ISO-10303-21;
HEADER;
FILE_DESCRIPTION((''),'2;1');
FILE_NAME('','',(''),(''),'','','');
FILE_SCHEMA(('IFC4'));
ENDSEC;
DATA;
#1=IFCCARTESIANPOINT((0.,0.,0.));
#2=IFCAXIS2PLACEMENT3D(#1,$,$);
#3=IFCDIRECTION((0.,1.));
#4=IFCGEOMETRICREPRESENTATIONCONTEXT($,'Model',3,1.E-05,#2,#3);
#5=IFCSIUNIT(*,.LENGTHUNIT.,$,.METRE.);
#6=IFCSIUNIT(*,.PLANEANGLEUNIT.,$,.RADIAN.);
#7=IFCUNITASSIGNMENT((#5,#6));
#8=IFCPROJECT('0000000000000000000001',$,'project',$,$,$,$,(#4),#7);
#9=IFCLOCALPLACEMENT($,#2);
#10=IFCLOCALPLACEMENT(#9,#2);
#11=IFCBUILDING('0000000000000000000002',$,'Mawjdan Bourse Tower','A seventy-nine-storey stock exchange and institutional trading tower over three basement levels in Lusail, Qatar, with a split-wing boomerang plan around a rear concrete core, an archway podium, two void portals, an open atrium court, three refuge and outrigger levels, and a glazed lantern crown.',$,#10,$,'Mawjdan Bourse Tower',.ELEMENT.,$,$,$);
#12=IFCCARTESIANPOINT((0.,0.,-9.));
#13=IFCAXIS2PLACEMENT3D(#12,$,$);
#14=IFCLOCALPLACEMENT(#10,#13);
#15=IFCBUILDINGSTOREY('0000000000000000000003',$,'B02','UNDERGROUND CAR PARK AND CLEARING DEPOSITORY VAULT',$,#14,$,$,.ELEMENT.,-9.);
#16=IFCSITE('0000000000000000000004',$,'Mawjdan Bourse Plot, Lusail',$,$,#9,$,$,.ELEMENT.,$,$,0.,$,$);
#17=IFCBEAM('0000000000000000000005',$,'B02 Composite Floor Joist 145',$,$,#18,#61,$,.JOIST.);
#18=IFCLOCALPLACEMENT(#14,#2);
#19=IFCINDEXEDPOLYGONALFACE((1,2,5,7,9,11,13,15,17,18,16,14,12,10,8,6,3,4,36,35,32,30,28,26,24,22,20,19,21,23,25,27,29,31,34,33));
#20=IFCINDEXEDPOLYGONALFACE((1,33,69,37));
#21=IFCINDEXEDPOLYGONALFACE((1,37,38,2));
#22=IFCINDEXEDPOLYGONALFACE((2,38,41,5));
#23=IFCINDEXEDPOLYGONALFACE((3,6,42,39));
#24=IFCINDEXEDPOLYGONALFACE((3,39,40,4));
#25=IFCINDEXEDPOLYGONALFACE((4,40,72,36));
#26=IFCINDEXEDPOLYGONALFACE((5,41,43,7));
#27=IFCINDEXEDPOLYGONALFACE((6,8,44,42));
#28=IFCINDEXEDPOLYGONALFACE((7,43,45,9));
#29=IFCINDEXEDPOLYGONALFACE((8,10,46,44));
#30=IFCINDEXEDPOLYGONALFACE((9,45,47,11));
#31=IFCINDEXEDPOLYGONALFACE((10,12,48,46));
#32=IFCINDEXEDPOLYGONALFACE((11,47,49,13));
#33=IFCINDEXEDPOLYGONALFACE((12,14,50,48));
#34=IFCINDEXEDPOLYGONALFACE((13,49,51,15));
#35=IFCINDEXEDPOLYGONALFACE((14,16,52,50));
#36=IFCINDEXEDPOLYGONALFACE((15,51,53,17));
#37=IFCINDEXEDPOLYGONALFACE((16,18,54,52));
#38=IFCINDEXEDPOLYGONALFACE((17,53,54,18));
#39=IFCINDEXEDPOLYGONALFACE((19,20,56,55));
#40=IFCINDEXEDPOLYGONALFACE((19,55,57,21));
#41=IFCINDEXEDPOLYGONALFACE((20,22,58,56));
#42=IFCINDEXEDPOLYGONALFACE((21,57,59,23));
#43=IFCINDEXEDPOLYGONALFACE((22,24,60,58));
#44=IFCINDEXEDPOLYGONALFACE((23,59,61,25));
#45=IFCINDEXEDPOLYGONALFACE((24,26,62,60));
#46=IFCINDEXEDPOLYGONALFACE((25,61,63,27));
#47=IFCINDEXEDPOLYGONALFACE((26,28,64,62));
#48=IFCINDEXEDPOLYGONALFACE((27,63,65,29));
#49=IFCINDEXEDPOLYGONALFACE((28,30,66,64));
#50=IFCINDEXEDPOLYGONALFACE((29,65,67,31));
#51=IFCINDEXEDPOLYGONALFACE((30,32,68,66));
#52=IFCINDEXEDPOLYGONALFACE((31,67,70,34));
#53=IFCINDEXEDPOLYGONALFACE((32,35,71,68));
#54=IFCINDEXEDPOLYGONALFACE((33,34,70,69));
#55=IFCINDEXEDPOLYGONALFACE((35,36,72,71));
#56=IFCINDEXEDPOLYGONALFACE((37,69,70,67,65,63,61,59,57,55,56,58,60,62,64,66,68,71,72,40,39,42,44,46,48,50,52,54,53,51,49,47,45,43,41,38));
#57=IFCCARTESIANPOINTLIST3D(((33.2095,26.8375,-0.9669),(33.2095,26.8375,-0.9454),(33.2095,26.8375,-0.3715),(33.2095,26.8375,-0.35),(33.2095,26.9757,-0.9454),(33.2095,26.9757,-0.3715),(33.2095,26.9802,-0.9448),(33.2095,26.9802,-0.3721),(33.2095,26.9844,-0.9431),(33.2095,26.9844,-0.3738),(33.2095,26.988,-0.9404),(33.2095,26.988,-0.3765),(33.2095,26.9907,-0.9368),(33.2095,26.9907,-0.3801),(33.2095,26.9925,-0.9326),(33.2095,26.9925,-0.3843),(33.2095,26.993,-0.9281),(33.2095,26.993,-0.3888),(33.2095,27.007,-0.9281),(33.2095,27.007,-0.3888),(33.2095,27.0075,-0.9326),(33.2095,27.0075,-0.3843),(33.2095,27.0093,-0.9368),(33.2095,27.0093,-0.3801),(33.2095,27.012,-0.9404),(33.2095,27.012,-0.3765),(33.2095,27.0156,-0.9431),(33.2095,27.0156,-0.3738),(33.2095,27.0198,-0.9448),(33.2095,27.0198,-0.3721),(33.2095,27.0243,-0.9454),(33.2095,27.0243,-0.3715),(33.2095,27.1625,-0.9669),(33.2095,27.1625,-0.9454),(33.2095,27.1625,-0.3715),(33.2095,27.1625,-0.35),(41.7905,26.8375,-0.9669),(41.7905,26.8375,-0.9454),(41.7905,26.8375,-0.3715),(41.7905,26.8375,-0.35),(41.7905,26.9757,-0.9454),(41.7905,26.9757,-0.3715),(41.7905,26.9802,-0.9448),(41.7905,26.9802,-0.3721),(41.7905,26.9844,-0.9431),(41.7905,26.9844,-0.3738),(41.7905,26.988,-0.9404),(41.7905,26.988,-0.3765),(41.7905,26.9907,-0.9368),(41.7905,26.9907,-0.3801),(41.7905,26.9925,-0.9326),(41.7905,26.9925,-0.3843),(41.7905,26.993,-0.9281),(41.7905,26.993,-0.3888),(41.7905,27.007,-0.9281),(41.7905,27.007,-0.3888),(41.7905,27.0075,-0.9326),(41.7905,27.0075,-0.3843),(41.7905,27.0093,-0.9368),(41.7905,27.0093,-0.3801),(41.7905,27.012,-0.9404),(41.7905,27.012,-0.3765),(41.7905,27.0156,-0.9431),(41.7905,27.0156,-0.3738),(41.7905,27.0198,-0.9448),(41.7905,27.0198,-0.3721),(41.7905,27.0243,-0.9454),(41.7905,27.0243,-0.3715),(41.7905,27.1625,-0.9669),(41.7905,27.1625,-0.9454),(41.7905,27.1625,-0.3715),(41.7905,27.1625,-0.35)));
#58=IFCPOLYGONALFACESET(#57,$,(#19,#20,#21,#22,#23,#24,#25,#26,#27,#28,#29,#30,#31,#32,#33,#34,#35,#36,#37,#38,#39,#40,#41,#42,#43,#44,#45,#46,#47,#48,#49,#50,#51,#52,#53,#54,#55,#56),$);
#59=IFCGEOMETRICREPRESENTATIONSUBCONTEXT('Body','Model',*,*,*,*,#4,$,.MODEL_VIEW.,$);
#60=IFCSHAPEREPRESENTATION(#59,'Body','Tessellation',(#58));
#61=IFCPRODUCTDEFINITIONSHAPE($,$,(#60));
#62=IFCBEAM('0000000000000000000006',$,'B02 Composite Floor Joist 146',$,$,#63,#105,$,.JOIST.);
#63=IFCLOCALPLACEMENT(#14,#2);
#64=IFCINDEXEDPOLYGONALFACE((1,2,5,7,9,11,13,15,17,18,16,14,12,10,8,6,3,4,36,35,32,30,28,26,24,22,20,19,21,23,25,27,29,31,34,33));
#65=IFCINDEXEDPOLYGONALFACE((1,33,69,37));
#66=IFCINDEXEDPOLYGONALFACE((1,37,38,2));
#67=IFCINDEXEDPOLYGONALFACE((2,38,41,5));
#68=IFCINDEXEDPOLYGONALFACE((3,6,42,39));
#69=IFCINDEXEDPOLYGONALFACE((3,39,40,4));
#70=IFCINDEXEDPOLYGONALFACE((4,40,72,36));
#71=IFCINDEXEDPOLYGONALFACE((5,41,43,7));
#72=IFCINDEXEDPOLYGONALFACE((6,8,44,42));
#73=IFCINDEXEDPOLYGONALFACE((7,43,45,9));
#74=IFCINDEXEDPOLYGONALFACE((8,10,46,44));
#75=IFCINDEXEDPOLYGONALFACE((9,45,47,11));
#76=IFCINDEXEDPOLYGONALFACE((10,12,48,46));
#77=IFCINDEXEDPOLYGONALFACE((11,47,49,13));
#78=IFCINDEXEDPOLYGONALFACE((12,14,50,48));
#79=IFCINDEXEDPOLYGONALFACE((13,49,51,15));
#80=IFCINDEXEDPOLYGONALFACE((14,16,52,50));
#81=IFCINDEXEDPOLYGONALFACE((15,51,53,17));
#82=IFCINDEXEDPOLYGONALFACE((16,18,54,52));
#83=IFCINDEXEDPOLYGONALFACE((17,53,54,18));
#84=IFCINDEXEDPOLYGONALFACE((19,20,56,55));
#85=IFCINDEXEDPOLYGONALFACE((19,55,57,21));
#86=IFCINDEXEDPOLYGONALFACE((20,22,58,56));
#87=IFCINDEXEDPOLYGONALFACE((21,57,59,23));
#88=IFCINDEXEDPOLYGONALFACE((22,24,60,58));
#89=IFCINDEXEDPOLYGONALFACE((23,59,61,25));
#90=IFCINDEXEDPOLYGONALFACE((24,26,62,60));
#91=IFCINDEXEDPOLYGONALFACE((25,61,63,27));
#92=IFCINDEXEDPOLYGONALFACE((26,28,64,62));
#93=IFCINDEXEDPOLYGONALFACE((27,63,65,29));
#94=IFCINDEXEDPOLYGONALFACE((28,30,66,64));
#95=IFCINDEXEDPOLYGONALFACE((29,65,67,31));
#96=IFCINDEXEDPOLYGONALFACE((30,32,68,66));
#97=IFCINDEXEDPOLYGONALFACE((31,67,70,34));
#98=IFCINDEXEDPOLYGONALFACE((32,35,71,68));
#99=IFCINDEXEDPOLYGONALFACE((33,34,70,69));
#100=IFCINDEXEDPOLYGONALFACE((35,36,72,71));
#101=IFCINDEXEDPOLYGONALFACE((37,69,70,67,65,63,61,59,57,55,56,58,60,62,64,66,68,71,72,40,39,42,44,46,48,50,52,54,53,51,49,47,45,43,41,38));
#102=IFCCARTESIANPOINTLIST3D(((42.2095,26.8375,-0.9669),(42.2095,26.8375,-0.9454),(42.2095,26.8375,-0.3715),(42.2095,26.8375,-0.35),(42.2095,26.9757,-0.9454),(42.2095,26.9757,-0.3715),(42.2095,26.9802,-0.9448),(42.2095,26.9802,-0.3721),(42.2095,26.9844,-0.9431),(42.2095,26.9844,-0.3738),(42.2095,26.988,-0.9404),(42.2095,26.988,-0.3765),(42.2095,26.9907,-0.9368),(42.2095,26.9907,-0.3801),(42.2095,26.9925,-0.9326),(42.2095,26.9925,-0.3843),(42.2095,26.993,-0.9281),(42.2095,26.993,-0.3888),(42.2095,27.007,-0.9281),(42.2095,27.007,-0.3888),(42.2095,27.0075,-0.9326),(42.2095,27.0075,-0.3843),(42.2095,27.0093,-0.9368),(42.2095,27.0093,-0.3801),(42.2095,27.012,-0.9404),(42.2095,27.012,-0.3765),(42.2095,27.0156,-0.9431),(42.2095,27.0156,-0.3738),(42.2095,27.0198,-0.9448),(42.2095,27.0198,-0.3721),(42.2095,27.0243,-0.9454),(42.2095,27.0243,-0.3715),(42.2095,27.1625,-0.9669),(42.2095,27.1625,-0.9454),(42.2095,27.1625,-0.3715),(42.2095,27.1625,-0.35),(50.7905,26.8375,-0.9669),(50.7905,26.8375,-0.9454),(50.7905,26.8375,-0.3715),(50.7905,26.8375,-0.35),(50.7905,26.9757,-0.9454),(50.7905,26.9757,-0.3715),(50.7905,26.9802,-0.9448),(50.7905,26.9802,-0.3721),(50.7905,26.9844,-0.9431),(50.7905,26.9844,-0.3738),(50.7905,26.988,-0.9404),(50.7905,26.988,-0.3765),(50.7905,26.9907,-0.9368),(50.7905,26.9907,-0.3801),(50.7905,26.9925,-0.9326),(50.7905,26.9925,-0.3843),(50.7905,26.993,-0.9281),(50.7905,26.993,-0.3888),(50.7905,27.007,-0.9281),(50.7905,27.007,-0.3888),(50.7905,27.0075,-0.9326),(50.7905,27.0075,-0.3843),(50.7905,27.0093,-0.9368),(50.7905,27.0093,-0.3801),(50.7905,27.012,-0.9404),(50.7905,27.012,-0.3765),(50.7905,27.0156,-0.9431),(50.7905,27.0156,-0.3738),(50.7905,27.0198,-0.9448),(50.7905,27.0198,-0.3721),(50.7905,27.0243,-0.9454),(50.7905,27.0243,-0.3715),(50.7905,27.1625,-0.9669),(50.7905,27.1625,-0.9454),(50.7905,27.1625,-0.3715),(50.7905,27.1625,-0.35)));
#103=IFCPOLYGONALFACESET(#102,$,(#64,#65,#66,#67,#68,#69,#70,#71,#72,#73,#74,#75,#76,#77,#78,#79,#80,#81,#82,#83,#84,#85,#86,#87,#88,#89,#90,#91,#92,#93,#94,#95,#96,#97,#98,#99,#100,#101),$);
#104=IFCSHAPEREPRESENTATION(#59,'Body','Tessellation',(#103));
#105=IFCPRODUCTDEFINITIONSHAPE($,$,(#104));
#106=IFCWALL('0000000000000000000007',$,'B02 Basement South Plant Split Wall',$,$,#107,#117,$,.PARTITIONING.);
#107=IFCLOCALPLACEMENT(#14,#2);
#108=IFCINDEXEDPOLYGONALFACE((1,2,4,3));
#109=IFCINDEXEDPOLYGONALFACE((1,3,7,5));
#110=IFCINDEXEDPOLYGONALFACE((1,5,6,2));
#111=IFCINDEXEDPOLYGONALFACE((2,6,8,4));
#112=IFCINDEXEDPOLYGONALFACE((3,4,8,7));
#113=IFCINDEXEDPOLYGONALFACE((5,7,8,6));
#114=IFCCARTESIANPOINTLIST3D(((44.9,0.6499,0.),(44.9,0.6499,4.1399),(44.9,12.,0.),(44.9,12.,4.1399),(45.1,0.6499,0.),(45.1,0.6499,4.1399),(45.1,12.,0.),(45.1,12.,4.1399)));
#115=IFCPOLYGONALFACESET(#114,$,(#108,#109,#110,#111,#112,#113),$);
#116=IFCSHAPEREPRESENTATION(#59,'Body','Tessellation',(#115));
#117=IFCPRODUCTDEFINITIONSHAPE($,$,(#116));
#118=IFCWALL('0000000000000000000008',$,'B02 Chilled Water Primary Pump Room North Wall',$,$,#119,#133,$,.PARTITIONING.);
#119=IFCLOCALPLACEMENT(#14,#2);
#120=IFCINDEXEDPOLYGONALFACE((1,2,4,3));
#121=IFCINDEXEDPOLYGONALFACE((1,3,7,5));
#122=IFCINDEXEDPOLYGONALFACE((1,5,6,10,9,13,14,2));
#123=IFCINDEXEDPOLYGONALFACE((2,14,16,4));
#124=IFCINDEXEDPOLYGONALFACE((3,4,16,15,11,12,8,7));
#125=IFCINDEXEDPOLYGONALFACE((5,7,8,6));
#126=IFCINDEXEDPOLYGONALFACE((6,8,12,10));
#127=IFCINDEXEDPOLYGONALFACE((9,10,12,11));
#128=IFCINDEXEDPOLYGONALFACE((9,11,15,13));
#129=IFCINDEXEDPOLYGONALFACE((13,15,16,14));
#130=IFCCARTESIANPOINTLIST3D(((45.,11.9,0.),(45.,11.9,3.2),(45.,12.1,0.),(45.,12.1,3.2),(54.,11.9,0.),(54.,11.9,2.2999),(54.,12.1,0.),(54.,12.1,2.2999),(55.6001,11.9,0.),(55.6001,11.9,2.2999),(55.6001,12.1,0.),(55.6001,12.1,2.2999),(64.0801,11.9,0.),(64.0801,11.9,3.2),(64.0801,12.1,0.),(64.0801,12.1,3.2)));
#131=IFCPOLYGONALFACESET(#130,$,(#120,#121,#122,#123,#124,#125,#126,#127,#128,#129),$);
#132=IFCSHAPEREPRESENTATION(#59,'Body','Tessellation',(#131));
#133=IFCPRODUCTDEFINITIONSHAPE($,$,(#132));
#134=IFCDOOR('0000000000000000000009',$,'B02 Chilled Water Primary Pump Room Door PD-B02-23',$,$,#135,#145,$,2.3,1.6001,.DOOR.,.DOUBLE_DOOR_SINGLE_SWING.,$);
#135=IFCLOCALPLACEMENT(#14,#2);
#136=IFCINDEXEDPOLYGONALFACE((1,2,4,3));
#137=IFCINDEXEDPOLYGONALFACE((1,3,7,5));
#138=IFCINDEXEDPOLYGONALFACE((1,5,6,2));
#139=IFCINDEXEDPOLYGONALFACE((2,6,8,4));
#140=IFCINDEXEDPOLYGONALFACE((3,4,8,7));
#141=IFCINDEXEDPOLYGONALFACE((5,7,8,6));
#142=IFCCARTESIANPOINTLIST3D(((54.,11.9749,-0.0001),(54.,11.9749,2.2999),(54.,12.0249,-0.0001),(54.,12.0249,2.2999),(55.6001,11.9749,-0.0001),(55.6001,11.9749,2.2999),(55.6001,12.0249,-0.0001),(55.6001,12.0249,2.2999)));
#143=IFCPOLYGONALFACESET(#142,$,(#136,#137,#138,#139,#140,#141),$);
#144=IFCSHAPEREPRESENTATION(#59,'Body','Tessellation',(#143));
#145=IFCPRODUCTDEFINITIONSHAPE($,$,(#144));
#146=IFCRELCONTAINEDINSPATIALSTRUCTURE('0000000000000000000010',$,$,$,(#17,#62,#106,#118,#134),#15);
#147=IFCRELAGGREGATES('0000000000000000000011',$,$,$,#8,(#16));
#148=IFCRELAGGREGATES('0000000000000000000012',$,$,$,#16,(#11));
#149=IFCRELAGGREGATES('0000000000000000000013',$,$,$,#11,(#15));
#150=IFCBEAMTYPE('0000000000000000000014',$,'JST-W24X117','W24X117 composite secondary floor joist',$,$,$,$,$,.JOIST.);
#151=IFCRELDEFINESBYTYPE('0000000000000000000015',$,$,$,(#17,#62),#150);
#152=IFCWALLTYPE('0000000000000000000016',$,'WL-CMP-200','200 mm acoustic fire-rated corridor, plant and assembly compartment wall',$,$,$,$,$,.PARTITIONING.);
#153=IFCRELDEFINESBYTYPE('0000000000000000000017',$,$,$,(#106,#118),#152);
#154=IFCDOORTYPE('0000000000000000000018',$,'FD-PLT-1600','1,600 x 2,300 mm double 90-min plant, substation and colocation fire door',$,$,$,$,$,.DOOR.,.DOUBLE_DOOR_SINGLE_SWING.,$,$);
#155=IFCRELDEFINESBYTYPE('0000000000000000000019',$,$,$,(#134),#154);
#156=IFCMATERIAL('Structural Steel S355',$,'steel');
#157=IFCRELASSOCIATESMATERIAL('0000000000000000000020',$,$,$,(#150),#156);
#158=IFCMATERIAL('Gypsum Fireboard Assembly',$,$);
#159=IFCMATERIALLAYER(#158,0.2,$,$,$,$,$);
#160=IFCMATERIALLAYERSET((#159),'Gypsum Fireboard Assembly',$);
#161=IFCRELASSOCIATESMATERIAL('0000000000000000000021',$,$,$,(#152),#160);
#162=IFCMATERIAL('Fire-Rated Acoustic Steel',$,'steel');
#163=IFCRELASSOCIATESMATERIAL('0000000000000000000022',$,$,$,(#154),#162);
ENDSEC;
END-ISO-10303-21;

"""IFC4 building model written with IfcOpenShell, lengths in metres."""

from ifc_helpers import new_model, si_unit, direction, frame, frame_2d, origin, origin_2d, place, context, subcontext, project, spatial, rectangle, i_section, extrude, material, layer, layer_set, material_profile, profile_set, type_object, element, fill, save


model = new_model("IFC4")

# Units and contexts
model_context = context("Model", 3, precision=1e-05, world=origin(), true_north=direction((0.0, 1.0)))
body_context = subcontext(model_context, "Body", "Model", "MODEL_VIEW")
ifc_project = project(units=[si_unit("LENGTHUNIT", "METRE"), si_unit("PLANEANGLEUNIT", "RADIAN")], contexts=[model_context])

# Site, building, storey
site_placement = place(None, origin())
site = spatial("IfcSite", under=ifc_project, at=site_placement, Name="Mawjdan Bourse Plot, Lusail", CompositionType="ELEMENT", RefElevation=0.0)
building_placement = place(site_placement, origin())
building = spatial("IfcBuilding", under=site, at=building_placement, Name="Mawjdan Bourse Tower", Description="A seventy-nine-storey stock exchange and institutional trading tower over three basement levels in Lusail, Qatar, with a split-wing boomerang plan around a rear concrete core, an archway podium, two void portals, an open atrium court, three refuge and outrigger levels, and a glazed lantern crown.", LongName="Mawjdan Bourse Tower", CompositionType="ELEMENT")
storey_placement = place(building_placement, frame((0.0, 0.0, -9.0)))
storey = spatial("IfcBuildingStorey", under=building, at=storey_placement, Name="B02", Description="UNDERGROUND CAR PARK AND CLEARING DEPOSITORY VAULT", CompositionType="ELEMENT", Elevation=-9.0)

# Beams
ifc_material_1 = material(Name="Structural Steel S355", Category="steel")
ifc_material_profile_1 = material_profile(ifc_material_1, i_section(OverallWidth=0.325, OverallDepth=0.6169, WebThickness=0.0139, FlangeThickness=0.0215, FilletRadius=0.0173, at=origin_2d()), Name="W24X117")
ifc_profile_set_1 = profile_set([ifc_material_profile_1], Name="Structural Steel S355")
beam_type_1 = type_object("IfcBeamType", Name="JST-W24X117", Description="W24X117 composite secondary floor joist", PredefinedType="JOIST", material=ifc_profile_set_1)
for number, where, z_axis, x_axis, name in (
    (1, (33.2095, 27.0, -0.6584), (1.0, 0.0, 0.0), (0.0, 1.0, 0.0), "B02 Composite Floor Joist 145"),
    (2, (42.2095, 27.0, -0.6584), (1.0, 0.0, 0.0), (0.0, 1.0, 0.0), "B02 Composite Floor Joist 146"),
):
    element("IfcBeam", number, at=place(storey_placement, frame(where, z_axis=z_axis, x_axis=x_axis)), inside=storey, type_object=beam_type_1, Name=name, PredefinedType="JOIST", context=body_context, shape_type="SweptSolid", body=[
        extrude(i_section(OverallWidth=0.325, OverallDepth=0.6169, WebThickness=0.0139, FlangeThickness=0.0215, FilletRadius=0.0173, at=origin_2d()), origin(), (0.0, 0.0, 1.0), 8.5811),
    ])

# Wall
ifc_material_2 = material(Name="Gypsum Fireboard Assembly")
ifc_layer = layer(ifc_material_2, 0.2)
ifc_layer_set = layer_set([ifc_layer], Name="Gypsum Fireboard Assembly")
wall_type = type_object("IfcWallType", Name="WL-CMP-200", Description="200 mm acoustic fire-rated corridor, plant and assembly compartment wall", PredefinedType="PARTITIONING", material=ifc_layer_set)
wall_1_placement = place(storey_placement, frame((45.0, 0.6499, 0.0), z_axis=(0.0, 0.0, 1.0), x_axis=(0.0, 1.0, 0.0)))
element("IfcWall", 3, at=wall_1_placement, inside=storey, type_object=wall_type, Name="B02 Basement South Plant Split Wall", PredefinedType="PARTITIONING", context=body_context, shape_type="SweptSolid", body=[
    extrude(rectangle(XDim=11.3501, YDim=0.2, at=frame_2d((5.675, 0.0))), origin(), (0.0, 0.0, 1.0), 4.1399),
])

# Wall, opening, door
wall_2_placement = place(storey_placement, frame((45.0, 12.0, 0.0), z_axis=(0.0, 0.0, 1.0), x_axis=(1.0, 0.0, 0.0)))
wall_2 = element("IfcWall", 4, at=wall_2_placement, inside=storey, type_object=wall_type, Name="B02 Chilled Water Primary Pump Room North Wall", PredefinedType="PARTITIONING", context=body_context, shape_type="SweptSolid", body=[
    extrude(rectangle(XDim=19.0801, YDim=0.2, at=frame_2d((9.54, 0.0))), origin(), (0.0, 0.0, 1.0), 3.2),
])
opening_placement = place(wall_2_placement, frame((9.0, 0.0, 0.0)))
opening = element("IfcOpeningElement", 5, at=opening_placement, cuts=wall_2, PredefinedType="OPENING", context=body_context, shape_type="SweptSolid", body=[
    extrude(rectangle(XDim=1.6001, YDim=2.3, at=frame_2d((0.8, 1.1499))), frame((0.0, 0.1099, 0.0), z_axis=(0.0, -1.0, 0.0), x_axis=(1.0, 0.0, 0.0)), (0.0, 0.0, 1.0), 0.22),
])
ifc_material_3 = material(Name="Fire-Rated Acoustic Steel", Category="steel")
door_type = type_object("IfcDoorType", Name="FD-PLT-1600", Description="1,600 x 2,300 mm double 90-min plant, substation and colocation fire door", OperationType="DOUBLE_DOOR_SINGLE_SWING", PredefinedType="DOOR", material=ifc_material_3)
door_placement = place(opening_placement, origin())
door = element("IfcDoor", 6, at=door_placement, inside=storey, type_object=door_type, Name="B02 Chilled Water Primary Pump Room Door PD-B02-23", OperationType="DOUBLE_DOOR_SINGLE_SWING", OverallHeight=2.3, OverallWidth=1.6001, PredefinedType="DOOR", context=body_context, shape_type="SweptSolid", body=[
    extrude(rectangle(XDim=1.6001, YDim=2.3, at=frame_2d((0.8, 1.1499))), frame((0.0, 0.0249, 0.0), z_axis=(0.0, -1.0, 0.0), x_axis=(1.0, 0.0, 0.0)), (0.0, 0.0, 1.0), 0.05),
])
fill(opening, door)

save(model, "model.ifc")
